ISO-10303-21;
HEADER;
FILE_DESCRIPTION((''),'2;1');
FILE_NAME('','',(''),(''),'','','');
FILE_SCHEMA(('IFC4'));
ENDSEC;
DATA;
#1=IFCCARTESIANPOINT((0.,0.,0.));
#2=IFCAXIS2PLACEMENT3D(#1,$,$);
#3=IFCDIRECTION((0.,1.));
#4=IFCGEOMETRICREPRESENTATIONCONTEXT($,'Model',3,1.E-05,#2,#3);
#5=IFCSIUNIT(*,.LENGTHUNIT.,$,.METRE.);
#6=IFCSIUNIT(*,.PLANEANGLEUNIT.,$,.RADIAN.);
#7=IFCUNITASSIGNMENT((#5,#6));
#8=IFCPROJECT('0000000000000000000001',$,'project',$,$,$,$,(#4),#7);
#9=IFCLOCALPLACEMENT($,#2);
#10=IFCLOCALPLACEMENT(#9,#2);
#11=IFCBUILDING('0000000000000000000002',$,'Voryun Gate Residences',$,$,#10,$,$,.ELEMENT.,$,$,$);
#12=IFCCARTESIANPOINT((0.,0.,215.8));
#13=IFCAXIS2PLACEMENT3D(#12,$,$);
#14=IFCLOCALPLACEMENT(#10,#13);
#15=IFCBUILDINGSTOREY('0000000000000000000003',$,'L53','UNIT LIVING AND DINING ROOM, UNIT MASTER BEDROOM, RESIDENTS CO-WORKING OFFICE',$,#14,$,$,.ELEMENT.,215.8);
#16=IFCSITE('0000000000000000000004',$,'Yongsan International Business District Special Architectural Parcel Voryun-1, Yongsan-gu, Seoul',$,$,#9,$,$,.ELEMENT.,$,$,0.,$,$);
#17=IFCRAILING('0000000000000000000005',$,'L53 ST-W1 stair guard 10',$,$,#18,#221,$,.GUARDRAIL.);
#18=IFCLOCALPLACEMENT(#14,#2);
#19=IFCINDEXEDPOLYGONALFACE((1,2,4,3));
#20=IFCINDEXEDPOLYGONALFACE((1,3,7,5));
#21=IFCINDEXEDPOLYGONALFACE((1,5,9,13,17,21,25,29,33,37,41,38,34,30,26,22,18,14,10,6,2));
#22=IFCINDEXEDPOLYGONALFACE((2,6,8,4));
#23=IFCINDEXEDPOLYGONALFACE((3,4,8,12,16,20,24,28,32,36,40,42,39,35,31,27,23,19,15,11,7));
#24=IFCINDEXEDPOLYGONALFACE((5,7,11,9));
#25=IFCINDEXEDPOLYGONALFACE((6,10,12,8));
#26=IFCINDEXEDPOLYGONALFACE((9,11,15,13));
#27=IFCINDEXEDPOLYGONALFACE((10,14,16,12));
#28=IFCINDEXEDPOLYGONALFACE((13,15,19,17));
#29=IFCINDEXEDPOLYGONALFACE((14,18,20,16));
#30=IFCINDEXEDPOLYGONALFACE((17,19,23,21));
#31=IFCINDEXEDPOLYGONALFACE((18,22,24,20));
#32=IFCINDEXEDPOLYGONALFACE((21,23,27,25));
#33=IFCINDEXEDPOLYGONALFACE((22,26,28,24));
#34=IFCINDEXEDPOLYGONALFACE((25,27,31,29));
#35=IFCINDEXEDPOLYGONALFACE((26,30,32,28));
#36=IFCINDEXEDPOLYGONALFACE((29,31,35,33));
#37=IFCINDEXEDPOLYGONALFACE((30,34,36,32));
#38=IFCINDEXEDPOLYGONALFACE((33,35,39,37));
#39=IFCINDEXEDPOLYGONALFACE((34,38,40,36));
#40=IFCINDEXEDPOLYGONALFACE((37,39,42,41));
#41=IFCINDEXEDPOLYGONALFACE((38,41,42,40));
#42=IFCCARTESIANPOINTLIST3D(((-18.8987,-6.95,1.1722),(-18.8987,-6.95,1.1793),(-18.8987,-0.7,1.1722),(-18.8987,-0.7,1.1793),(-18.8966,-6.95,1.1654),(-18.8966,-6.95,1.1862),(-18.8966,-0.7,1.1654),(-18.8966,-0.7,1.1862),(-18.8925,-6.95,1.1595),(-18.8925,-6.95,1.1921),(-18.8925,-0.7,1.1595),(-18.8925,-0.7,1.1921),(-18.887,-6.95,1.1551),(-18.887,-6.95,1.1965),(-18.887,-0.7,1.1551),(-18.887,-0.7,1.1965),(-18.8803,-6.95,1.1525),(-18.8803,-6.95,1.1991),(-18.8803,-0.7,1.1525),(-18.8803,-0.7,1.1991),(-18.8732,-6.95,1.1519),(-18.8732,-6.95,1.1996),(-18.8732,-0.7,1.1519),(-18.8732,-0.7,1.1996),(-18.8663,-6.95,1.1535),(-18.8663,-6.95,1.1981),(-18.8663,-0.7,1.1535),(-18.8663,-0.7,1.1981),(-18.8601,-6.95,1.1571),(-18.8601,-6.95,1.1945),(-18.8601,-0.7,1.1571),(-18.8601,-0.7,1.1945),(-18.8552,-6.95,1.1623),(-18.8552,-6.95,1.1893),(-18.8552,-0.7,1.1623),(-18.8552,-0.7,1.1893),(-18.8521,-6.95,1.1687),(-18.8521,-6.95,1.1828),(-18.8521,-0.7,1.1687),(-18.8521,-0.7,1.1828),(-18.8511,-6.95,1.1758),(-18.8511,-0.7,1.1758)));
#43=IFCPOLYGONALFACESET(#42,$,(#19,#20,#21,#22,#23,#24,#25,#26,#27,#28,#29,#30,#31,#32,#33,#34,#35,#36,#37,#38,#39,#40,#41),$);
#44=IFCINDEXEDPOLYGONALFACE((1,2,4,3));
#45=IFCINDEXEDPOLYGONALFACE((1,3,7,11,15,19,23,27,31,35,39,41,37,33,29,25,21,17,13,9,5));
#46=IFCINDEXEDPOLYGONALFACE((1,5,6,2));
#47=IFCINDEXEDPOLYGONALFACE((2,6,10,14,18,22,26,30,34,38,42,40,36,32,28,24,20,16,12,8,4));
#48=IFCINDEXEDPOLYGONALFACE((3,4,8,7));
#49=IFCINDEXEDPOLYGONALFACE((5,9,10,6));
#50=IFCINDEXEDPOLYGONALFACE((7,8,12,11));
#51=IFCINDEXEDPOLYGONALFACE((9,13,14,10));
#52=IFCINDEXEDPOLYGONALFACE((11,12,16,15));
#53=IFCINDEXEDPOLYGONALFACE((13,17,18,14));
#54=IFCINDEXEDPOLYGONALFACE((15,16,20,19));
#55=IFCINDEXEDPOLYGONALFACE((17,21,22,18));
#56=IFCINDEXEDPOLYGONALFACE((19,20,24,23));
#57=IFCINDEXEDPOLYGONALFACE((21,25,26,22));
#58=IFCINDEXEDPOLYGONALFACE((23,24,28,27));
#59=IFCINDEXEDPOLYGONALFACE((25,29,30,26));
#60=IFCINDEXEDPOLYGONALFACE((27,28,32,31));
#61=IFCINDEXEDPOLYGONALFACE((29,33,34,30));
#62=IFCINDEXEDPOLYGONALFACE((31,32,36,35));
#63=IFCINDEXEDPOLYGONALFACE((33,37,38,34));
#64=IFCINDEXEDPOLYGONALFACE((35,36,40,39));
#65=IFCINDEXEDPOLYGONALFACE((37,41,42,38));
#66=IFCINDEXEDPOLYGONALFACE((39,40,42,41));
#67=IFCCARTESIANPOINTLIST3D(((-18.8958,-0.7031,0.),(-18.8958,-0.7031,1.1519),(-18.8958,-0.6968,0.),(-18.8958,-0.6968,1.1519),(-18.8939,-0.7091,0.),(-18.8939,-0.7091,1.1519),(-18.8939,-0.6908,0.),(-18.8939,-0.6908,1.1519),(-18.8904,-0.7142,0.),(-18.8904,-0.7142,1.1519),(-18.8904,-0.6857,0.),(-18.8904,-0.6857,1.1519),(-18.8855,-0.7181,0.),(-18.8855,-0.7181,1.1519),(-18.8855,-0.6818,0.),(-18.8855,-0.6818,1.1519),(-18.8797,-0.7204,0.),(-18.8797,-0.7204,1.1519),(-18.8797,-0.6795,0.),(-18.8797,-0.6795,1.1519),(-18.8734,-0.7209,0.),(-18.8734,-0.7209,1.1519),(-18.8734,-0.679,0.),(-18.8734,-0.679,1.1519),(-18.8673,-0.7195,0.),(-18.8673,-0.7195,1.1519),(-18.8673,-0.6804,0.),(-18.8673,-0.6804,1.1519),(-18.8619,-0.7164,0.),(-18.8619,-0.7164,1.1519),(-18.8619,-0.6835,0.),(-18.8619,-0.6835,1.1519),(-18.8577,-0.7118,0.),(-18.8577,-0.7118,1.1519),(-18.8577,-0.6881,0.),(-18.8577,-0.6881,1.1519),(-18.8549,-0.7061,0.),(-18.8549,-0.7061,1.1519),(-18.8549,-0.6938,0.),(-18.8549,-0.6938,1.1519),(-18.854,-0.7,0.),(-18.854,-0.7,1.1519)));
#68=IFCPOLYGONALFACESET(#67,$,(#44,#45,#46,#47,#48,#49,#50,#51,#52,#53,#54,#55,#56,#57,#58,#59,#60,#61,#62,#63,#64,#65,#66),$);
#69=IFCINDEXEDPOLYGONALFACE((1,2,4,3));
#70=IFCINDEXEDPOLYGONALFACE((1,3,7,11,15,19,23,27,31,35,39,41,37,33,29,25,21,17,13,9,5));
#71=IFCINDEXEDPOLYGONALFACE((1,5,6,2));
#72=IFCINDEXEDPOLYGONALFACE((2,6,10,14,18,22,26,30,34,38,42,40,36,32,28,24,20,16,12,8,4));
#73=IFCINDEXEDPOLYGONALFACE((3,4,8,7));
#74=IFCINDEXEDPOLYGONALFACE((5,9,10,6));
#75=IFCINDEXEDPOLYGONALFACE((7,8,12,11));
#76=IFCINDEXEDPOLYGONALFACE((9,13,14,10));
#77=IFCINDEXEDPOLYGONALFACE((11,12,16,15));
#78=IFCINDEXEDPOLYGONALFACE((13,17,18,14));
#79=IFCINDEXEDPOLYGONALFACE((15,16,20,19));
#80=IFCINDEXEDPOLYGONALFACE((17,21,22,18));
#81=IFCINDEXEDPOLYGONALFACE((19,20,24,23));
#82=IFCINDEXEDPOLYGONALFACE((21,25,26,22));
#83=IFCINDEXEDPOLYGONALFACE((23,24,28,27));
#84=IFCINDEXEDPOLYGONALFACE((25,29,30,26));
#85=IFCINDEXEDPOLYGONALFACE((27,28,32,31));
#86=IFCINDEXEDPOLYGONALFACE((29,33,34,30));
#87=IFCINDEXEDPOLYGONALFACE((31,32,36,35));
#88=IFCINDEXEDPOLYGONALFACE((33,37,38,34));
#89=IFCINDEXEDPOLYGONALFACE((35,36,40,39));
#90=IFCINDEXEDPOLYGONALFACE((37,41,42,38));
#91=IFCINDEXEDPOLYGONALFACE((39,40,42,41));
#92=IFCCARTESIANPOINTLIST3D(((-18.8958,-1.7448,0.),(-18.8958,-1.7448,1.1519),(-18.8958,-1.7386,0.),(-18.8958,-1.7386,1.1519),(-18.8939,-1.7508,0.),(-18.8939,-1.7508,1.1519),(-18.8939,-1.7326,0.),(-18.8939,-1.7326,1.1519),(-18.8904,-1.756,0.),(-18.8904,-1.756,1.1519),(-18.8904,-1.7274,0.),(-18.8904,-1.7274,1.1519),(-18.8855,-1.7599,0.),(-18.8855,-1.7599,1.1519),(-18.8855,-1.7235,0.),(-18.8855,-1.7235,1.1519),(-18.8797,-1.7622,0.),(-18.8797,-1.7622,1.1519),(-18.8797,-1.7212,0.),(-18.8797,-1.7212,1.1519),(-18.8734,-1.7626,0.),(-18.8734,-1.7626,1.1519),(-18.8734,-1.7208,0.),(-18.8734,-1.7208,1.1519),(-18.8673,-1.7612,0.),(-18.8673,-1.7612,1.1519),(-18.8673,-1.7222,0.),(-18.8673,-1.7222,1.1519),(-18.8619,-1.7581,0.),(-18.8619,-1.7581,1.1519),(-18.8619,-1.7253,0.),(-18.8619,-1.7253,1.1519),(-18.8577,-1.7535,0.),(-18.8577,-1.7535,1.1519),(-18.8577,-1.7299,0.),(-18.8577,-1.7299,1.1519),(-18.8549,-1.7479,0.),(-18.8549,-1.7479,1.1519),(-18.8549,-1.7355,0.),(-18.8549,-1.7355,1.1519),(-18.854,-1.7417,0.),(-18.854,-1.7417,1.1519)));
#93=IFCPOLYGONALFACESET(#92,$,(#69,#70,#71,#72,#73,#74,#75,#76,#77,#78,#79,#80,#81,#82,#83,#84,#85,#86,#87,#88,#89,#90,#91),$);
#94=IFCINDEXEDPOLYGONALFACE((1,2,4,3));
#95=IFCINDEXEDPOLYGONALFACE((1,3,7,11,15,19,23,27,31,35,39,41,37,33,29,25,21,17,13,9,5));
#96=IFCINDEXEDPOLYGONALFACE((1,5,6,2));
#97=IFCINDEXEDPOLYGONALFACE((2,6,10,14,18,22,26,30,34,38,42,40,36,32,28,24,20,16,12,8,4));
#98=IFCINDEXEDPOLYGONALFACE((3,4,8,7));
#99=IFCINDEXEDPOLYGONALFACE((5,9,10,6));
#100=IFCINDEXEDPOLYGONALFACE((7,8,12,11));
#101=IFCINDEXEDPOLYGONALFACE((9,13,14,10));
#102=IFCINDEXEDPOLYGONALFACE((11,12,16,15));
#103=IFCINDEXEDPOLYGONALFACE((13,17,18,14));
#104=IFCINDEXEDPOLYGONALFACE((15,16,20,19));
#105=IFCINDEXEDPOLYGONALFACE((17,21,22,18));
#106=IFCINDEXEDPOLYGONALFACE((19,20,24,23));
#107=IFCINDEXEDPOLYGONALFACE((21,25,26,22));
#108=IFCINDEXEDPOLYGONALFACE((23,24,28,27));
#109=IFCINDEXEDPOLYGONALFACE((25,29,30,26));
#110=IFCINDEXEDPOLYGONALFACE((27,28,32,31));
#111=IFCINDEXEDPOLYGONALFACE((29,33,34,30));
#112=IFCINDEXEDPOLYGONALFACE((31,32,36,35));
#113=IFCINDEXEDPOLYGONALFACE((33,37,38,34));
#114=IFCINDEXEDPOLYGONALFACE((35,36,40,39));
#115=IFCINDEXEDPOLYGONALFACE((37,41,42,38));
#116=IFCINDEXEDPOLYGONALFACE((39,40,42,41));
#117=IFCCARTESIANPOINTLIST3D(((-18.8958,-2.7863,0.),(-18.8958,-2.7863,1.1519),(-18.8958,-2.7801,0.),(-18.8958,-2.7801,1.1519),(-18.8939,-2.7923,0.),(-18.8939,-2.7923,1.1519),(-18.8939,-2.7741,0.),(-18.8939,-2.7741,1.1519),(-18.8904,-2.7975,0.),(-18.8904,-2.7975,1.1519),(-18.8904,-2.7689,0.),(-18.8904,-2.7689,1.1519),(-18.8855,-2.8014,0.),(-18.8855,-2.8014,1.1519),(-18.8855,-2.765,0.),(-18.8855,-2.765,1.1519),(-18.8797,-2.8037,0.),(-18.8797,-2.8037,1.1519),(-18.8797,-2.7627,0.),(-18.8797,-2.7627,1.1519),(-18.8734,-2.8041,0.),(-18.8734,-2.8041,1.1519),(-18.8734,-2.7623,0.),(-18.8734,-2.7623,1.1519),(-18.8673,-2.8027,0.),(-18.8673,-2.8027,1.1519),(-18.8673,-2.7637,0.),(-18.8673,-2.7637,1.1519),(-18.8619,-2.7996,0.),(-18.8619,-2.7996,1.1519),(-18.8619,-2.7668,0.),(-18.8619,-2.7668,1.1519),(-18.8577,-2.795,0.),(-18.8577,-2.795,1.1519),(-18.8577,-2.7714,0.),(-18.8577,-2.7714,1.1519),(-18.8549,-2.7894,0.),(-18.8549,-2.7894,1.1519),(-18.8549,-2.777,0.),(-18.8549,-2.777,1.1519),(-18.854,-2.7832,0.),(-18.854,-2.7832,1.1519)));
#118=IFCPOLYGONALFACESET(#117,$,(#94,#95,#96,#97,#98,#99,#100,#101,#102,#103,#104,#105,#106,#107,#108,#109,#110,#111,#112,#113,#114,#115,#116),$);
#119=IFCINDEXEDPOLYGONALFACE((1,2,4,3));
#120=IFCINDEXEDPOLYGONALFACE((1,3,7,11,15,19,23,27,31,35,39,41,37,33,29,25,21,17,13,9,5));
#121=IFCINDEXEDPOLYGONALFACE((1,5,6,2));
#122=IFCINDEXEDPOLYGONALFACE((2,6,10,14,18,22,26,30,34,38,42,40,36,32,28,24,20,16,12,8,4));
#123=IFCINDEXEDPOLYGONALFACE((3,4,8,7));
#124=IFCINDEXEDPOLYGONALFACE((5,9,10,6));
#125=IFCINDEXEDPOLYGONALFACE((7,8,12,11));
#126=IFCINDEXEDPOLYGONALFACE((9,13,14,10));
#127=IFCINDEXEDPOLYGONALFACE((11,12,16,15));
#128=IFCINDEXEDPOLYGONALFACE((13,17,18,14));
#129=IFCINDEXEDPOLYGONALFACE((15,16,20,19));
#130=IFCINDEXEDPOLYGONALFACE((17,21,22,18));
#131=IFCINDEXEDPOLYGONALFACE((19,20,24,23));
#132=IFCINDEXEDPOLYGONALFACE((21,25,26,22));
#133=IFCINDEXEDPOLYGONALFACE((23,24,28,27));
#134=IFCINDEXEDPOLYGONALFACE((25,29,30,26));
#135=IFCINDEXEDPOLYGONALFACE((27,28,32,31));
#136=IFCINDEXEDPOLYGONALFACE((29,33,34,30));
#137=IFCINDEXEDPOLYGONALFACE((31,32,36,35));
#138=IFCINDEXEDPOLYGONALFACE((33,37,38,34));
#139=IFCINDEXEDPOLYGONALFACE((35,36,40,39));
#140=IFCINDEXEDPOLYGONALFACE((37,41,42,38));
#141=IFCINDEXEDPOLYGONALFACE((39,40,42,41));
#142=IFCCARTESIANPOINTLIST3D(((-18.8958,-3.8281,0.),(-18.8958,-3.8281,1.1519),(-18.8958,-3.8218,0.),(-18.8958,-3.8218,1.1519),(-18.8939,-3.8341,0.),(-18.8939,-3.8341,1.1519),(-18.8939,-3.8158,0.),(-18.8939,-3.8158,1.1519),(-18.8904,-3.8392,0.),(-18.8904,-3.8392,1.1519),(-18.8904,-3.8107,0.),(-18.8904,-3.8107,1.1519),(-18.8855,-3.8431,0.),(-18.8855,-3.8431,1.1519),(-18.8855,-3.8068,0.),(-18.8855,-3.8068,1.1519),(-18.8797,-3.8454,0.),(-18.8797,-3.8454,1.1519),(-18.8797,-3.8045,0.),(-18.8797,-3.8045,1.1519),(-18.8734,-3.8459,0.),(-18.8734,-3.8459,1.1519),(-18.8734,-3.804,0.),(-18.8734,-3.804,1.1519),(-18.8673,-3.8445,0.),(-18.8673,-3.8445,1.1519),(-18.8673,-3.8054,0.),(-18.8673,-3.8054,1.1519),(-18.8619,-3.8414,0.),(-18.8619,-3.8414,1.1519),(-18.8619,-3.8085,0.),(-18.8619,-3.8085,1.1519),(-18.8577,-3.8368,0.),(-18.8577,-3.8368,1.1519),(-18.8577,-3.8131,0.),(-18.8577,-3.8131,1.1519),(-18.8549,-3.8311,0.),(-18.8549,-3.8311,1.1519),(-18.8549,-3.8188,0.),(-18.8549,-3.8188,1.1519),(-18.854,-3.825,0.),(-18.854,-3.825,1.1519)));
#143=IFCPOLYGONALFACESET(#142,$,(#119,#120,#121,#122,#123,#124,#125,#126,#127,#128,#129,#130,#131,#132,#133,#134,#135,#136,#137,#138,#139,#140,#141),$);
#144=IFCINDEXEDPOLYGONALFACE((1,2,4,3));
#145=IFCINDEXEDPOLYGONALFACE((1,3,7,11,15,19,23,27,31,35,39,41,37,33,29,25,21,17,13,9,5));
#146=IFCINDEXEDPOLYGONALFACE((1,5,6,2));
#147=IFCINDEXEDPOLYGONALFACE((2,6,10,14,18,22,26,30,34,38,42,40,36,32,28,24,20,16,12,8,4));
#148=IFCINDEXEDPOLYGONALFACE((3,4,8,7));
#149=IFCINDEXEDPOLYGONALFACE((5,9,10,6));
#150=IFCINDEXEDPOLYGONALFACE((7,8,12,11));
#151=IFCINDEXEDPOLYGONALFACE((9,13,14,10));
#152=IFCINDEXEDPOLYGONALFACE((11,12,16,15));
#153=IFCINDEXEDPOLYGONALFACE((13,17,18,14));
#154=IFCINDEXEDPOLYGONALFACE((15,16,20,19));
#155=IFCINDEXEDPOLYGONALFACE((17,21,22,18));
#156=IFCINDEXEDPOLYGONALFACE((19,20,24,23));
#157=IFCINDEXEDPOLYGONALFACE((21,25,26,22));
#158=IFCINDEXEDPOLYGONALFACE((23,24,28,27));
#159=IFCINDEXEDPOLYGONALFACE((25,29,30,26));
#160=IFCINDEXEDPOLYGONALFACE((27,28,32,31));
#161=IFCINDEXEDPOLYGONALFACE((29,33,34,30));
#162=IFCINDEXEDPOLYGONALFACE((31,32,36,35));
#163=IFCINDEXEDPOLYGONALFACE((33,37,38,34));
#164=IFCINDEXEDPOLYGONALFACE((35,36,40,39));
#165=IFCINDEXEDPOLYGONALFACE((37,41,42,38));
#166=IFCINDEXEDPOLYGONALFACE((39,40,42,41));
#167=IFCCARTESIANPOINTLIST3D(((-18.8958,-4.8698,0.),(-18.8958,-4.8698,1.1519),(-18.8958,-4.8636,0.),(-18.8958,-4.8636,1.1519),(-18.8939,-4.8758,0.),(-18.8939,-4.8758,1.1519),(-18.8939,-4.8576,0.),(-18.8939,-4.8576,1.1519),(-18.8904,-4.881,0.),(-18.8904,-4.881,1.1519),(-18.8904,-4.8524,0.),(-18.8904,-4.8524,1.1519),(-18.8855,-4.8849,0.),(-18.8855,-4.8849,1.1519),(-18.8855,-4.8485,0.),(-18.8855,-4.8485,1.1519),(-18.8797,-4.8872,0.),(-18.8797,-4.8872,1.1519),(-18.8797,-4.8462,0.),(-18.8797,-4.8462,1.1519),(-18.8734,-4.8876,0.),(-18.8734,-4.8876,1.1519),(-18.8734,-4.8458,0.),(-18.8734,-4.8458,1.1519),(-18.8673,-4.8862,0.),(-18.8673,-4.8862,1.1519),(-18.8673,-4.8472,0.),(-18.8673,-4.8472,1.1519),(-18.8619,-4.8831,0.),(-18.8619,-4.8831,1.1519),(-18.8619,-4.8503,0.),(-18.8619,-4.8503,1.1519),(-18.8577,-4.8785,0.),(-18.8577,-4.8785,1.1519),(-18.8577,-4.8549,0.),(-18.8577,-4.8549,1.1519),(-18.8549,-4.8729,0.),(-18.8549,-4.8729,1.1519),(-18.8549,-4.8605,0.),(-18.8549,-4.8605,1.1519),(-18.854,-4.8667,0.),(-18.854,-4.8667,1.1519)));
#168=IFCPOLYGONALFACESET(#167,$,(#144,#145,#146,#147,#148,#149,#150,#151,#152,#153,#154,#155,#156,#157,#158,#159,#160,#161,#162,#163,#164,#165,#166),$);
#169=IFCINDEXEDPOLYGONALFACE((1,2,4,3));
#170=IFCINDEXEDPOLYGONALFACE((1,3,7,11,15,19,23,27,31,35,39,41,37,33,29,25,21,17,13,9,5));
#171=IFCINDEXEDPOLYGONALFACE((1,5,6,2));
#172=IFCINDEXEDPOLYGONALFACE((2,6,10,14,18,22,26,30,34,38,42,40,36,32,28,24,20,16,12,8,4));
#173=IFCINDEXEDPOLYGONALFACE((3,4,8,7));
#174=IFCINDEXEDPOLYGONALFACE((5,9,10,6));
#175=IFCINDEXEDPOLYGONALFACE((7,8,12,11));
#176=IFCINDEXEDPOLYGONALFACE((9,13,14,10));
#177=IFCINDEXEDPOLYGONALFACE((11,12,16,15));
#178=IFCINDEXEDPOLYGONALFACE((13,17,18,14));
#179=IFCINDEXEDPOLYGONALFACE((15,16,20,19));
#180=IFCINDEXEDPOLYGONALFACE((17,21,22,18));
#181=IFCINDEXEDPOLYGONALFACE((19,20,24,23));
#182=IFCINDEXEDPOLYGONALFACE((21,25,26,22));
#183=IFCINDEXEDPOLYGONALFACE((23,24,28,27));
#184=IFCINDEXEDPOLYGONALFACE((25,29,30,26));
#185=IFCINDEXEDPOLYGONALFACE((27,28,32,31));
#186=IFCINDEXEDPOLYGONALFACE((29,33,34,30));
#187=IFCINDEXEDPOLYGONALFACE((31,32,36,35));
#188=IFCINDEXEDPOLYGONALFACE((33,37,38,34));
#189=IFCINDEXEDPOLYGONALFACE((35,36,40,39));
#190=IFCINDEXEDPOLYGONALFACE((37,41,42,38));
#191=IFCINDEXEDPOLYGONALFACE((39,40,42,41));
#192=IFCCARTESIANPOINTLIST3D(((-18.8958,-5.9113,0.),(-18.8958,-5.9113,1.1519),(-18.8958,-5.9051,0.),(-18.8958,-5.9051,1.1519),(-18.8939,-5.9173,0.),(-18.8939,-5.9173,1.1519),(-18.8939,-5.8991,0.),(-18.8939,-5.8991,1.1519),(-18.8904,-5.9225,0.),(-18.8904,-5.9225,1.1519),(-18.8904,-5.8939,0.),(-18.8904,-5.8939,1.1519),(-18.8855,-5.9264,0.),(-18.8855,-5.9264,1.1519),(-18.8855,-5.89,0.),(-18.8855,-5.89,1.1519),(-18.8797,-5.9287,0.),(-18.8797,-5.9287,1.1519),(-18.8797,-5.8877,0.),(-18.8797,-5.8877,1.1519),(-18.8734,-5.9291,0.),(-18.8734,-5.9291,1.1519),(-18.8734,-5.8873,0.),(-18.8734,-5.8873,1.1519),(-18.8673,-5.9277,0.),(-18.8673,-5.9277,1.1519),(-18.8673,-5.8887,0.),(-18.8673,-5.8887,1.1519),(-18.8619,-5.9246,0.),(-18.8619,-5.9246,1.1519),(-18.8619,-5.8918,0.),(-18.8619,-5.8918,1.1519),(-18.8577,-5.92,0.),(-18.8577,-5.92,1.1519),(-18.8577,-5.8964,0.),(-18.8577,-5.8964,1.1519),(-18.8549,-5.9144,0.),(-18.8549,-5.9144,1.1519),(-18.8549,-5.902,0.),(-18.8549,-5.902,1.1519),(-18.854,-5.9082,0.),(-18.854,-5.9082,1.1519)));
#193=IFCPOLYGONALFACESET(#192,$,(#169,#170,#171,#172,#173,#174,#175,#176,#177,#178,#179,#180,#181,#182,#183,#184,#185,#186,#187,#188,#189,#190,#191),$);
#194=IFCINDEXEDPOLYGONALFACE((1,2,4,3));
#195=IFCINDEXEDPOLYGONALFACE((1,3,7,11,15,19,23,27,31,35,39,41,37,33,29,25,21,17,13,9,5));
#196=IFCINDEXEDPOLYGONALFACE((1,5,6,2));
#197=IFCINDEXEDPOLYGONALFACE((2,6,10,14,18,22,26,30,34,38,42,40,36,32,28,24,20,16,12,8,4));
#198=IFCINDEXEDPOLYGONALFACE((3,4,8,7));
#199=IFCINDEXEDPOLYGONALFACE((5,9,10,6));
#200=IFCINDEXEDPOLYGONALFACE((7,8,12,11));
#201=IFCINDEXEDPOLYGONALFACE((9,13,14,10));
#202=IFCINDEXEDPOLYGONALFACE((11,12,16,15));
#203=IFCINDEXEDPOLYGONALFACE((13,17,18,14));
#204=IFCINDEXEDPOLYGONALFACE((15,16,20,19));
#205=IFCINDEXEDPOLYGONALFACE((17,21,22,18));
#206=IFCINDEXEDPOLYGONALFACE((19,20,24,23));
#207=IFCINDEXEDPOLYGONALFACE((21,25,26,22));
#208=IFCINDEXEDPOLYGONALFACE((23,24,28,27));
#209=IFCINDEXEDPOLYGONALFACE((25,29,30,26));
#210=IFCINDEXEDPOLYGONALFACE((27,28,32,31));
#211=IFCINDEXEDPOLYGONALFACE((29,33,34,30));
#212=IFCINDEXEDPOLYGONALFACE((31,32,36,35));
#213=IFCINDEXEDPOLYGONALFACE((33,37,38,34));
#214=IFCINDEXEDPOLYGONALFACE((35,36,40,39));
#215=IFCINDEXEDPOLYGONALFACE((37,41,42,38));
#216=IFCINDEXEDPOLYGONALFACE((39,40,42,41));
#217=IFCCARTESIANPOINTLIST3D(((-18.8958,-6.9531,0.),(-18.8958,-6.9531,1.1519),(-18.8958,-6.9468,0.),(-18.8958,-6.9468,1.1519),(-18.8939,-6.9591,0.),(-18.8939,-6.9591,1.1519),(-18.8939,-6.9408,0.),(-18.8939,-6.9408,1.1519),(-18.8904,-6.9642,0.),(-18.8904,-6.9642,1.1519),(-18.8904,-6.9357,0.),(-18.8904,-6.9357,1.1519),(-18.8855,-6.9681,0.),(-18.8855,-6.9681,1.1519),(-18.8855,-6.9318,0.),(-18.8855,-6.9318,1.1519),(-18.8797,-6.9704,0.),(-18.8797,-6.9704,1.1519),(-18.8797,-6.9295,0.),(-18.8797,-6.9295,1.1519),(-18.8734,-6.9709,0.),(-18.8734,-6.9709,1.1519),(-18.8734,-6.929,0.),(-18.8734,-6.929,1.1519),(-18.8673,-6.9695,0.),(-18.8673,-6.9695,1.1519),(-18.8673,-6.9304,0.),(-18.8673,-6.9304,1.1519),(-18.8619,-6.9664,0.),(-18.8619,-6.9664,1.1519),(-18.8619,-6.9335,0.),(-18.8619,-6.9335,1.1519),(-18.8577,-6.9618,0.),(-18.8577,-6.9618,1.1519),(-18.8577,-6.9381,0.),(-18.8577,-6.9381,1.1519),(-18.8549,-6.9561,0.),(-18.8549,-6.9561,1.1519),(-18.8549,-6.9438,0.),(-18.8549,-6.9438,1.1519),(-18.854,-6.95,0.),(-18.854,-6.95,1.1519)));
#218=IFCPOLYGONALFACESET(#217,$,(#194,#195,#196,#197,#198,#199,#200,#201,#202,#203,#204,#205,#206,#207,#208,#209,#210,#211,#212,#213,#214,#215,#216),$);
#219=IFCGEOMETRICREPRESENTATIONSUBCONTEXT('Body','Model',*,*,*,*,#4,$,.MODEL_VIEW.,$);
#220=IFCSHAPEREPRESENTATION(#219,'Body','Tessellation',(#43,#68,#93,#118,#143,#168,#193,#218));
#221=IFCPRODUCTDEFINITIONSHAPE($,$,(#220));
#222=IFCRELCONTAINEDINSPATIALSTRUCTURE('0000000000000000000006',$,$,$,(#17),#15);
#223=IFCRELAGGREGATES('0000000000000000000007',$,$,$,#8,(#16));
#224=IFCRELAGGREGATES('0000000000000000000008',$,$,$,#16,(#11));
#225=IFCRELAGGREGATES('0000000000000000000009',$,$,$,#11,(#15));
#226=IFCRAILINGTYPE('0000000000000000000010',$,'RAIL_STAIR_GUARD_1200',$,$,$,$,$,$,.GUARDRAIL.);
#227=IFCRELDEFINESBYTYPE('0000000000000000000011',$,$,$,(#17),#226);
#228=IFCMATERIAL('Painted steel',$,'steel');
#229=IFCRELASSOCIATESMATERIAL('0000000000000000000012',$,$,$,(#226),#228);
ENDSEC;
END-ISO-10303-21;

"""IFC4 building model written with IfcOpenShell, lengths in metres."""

from ifc_helpers import new_model, si_unit, direction, frame, origin, origin_2d, place, context, subcontext, project, spatial, circle, extrude, material, type_object, element, save


model = new_model("IFC4")

# Units and contexts
model_context = context("Model", 3, precision=1e-05, world=origin(), true_north=direction((0.0, 1.0)))
body_context = subcontext(model_context, "Body", "Model", "MODEL_VIEW")
ifc_project = project(units=[si_unit("LENGTHUNIT", "METRE"), si_unit("PLANEANGLEUNIT", "RADIAN")], contexts=[model_context])

# Site, building, storey
site_placement = place(None, origin())
site = spatial("IfcSite", under=ifc_project, at=site_placement, Name="Yongsan International Business District Special Architectural Parcel Voryun-1, Yongsan-gu, Seoul", CompositionType="ELEMENT", RefElevation=0.0)
building_placement = place(site_placement, origin())
building = spatial("IfcBuilding", under=site, at=building_placement, Name="Voryun Gate Residences", CompositionType="ELEMENT")
storey_placement = place(building_placement, frame((0.0, 0.0, 215.8)))
storey = spatial("IfcBuildingStorey", under=building, at=storey_placement, Name="L53", Description="UNIT LIVING AND DINING ROOM, UNIT MASTER BEDROOM, RESIDENTS CO-WORKING OFFICE", CompositionType="ELEMENT", Elevation=215.8)

# Railing
ifc_material_1 = material(Name="Painted steel", Category="steel")
railing_type = type_object("IfcRailingType", Name="RAIL_STAIR_GUARD_1200", PredefinedType="GUARDRAIL", material=ifc_material_1)
railing_1_placement = place(storey_placement, frame((-18.875, -0.7, 0.0)))
element("IfcRailing", 1, at=railing_1_placement, inside=storey, type_object=railing_type, Name="L53 ST-W1 stair guard 10", PredefinedType="GUARDRAIL", context=body_context, shape_type="SweptSolid", body=[
    extrude(circle(Radius=0.0239, at=origin_2d()), frame((0.0, 0.0, 1.1758), z_axis=(0.0, -1.0, 0.0), x_axis=(1.0, 0.0, 0.0)), (0.0, 0.0, 1.0), 6.25),
    extrude(circle(Radius=0.021, at=origin_2d()), origin(), (0.0, 0.0, 1.0), 1.1519),
    extrude(circle(Radius=0.021, at=origin_2d()), frame((0.0, -1.0417, 0.0)), (0.0, 0.0, 1.0), 1.1519),
    extrude(circle(Radius=0.021, at=origin_2d()), frame((0.0, -2.0833, 0.0)), (0.0, 0.0, 1.0), 1.1519),
    extrude(circle(Radius=0.021, at=origin_2d()), frame((0.0, -3.125, 0.0)), (0.0, 0.0, 1.0), 1.1519),
    extrude(circle(Radius=0.021, at=origin_2d()), frame((0.0, -4.1667, 0.0)), (0.0, 0.0, 1.0), 1.1519),
    extrude(circle(Radius=0.021, at=origin_2d()), frame((0.0, -5.2083, 0.0)), (0.0, 0.0, 1.0), 1.1519),
    extrude(circle(Radius=0.021, at=origin_2d()), frame((0.0, -6.25, 0.0)), (0.0, 0.0, 1.0), 1.1519),
])

save(model, "model.ifc")
